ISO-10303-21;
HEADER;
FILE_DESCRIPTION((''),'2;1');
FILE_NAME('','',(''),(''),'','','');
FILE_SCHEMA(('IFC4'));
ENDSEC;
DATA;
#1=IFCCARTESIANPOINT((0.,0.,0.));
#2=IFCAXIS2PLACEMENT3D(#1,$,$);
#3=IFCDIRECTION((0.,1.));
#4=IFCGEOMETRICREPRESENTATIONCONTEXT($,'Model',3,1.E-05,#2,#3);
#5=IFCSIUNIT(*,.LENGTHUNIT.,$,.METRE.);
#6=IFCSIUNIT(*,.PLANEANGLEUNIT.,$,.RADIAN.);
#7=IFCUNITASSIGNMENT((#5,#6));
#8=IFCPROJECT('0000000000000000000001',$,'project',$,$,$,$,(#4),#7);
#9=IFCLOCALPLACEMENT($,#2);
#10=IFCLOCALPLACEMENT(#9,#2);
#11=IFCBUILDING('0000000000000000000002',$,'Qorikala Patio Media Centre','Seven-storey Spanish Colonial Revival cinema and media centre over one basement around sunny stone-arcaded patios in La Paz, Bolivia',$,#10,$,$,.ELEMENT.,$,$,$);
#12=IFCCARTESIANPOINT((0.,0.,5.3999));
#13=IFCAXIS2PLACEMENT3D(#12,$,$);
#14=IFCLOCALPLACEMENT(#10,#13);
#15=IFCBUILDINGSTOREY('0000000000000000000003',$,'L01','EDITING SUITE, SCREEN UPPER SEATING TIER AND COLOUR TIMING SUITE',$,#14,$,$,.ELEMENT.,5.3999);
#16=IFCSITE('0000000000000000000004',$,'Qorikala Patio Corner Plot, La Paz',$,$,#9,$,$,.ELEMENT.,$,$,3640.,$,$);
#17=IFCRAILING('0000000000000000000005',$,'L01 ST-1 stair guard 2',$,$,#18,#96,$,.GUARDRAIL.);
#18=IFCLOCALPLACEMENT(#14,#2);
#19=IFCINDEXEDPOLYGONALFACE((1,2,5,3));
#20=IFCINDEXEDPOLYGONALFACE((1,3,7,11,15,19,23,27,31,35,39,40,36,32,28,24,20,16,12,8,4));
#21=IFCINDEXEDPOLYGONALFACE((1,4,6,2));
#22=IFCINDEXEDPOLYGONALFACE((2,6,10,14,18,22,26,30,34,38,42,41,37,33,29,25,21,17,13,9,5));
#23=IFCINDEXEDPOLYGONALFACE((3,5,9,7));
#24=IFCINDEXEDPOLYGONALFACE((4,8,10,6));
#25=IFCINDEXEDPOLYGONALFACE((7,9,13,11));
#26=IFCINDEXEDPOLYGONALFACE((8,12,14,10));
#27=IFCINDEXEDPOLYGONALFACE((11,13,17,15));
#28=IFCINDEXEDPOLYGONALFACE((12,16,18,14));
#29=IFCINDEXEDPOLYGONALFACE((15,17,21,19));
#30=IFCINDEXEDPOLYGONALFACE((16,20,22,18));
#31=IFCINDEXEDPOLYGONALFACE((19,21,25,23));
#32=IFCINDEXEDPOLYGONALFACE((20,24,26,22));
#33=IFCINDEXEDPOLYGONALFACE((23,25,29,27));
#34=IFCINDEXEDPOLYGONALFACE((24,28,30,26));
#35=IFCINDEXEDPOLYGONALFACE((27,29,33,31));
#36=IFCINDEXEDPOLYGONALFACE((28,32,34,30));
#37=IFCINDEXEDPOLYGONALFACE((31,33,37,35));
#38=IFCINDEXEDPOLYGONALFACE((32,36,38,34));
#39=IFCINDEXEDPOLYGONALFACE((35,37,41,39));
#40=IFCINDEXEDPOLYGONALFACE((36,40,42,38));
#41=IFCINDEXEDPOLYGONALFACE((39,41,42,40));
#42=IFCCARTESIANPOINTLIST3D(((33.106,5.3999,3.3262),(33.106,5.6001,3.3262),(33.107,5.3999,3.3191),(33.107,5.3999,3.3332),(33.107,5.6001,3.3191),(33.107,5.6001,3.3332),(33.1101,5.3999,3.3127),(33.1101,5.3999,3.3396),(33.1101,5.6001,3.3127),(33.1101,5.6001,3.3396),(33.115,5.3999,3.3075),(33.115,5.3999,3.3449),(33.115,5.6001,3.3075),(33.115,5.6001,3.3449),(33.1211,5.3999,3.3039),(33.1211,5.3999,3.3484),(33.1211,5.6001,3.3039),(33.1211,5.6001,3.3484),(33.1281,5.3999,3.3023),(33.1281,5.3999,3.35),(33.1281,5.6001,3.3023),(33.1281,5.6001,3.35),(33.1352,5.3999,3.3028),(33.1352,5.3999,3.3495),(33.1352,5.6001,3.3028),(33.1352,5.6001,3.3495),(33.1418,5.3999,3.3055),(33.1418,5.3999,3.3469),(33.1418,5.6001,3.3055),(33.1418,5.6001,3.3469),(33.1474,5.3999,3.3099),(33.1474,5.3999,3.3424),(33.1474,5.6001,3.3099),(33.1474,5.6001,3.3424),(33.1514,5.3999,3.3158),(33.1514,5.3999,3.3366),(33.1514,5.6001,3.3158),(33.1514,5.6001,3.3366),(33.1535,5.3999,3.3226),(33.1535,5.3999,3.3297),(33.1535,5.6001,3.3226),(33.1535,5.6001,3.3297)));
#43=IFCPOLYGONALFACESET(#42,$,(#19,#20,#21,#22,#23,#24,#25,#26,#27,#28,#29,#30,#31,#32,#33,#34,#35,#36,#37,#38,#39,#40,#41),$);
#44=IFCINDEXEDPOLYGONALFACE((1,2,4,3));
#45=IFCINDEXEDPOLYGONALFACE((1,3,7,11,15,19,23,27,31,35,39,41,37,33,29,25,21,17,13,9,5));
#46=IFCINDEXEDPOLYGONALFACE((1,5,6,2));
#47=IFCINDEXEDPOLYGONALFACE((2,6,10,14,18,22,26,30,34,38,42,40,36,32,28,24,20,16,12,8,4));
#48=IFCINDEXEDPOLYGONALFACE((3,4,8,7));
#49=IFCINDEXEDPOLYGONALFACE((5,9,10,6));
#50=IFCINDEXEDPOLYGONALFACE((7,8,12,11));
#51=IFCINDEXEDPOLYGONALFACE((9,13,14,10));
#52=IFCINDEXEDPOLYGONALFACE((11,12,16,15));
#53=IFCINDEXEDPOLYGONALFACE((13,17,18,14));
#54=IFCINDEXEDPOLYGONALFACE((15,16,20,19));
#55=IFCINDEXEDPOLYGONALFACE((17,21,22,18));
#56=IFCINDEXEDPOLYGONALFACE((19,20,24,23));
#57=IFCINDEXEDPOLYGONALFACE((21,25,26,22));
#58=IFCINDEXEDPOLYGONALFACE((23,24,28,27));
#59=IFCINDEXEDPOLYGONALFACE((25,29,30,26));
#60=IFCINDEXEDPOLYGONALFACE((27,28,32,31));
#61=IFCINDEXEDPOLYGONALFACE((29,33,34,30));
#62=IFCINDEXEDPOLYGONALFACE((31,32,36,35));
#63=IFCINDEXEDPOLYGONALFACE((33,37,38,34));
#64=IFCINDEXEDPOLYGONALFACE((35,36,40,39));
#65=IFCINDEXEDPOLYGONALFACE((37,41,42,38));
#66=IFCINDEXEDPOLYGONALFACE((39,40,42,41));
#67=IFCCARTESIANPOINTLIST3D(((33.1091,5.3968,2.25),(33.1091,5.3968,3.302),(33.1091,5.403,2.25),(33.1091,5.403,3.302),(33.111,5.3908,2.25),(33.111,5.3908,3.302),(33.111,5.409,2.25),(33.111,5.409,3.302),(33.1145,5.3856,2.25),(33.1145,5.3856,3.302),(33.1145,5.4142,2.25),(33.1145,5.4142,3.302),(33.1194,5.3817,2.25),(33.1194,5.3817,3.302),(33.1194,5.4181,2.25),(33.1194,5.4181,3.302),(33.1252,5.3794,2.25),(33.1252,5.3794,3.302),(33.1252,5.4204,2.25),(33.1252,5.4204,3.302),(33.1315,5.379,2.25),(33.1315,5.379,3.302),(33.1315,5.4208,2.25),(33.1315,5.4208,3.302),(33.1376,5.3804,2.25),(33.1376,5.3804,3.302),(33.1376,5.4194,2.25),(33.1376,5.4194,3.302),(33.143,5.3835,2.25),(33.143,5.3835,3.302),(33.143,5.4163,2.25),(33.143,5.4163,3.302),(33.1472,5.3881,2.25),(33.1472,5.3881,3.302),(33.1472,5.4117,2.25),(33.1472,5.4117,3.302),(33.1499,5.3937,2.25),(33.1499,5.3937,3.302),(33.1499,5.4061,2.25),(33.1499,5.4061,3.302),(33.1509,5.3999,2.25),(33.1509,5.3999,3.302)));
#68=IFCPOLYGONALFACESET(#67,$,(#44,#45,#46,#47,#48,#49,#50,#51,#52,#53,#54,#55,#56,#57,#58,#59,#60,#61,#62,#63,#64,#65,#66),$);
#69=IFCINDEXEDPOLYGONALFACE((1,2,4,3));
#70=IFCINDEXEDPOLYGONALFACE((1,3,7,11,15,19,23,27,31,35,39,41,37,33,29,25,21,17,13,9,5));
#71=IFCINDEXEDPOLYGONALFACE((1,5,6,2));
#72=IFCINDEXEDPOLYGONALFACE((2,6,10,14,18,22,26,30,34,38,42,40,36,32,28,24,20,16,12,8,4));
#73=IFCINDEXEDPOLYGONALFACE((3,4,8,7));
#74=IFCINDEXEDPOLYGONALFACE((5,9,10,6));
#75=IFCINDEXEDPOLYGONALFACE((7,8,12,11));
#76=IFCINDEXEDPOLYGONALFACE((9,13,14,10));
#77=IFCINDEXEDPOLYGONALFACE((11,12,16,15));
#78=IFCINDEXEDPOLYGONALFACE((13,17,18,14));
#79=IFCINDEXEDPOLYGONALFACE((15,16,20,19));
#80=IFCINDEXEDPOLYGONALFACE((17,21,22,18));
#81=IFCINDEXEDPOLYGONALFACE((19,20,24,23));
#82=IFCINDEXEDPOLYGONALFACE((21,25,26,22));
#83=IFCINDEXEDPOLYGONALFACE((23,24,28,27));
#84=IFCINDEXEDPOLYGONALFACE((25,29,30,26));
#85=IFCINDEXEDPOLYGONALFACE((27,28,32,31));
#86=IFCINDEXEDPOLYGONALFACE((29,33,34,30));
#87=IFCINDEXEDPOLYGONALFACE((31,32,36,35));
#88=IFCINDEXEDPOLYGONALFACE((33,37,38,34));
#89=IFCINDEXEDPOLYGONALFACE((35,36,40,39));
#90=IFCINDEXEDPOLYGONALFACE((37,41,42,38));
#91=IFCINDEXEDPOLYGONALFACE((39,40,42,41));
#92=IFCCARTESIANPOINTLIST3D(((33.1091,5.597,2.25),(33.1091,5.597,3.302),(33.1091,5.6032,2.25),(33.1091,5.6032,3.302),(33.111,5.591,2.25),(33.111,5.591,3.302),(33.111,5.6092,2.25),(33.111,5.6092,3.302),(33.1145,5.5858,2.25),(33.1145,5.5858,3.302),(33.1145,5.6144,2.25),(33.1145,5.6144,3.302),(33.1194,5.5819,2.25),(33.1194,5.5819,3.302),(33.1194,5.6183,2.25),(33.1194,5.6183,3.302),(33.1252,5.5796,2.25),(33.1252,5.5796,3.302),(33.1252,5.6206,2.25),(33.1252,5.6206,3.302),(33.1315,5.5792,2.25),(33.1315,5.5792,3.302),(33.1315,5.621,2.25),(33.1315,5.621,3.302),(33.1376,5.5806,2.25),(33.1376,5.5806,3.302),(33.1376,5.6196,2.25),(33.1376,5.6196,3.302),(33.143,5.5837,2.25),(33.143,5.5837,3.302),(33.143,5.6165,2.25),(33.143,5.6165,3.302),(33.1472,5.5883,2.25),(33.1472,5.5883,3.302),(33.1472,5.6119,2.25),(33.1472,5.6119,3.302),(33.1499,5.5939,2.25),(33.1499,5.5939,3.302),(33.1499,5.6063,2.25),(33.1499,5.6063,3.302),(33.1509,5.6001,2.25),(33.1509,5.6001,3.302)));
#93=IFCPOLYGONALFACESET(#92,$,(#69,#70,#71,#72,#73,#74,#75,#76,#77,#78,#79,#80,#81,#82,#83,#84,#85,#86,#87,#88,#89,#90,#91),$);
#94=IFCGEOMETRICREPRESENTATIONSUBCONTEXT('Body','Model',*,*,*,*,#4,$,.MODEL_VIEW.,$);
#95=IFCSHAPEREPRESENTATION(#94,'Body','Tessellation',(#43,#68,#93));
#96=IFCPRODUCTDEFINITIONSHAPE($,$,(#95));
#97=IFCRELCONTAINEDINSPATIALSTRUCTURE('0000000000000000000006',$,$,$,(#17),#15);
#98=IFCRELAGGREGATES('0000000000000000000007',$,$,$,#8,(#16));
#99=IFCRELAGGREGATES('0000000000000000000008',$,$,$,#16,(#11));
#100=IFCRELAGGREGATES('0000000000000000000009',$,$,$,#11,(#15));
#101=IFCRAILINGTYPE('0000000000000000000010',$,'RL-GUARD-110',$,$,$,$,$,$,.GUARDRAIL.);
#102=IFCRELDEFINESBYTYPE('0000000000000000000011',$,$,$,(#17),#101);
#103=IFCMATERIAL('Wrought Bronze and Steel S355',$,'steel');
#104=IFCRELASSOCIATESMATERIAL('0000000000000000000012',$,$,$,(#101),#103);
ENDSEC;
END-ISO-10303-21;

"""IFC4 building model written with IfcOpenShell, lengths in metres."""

from ifc_helpers import new_model, si_unit, direction, frame, origin, origin_2d, place, context, subcontext, project, spatial, circle, extrude, material, type_object, element, save


model = new_model("IFC4")

# Units and contexts
model_context = context("Model", 3, precision=1e-05, world=origin(), true_north=direction((0.0, 1.0)))
body_context = subcontext(model_context, "Body", "Model", "MODEL_VIEW")
ifc_project = project(units=[si_unit("LENGTHUNIT", "METRE"), si_unit("PLANEANGLEUNIT", "RADIAN")], contexts=[model_context])

# Site, building, storey
site_placement = place(None, origin())
site = spatial("IfcSite", under=ifc_project, at=site_placement, Name="Qorikala Patio Corner Plot, La Paz", CompositionType="ELEMENT", RefElevation=3640.0)
building_placement = place(site_placement, origin())
building = spatial("IfcBuilding", under=site, at=building_placement, Name="Qorikala Patio Media Centre", Description="Seven-storey Spanish Colonial Revival cinema and media centre over one basement around sunny stone-arcaded patios in La Paz, Bolivia", CompositionType="ELEMENT")
storey_placement = place(building_placement, frame((0.0, 0.0, 5.3999)))
storey = spatial("IfcBuildingStorey", under=building, at=storey_placement, Name="L01", Description="EDITING SUITE, SCREEN UPPER SEATING TIER AND COLOUR TIMING SUITE", CompositionType="ELEMENT", Elevation=5.3999)

# Railing
ifc_material_1 = material(Name="Wrought Bronze and Steel S355", Category="steel")
railing_type_1 = type_object("IfcRailingType", Name="RL-GUARD-110", PredefinedType="GUARDRAIL", material=ifc_material_1)
railing_1_placement = place(storey_placement, frame((33.1299, 5.3999, 2.25)))
element("IfcRailing", 1, at=railing_1_placement, inside=storey, type_object=railing_type_1, Name="L01 ST-1 stair guard 2", PredefinedType="GUARDRAIL", context=body_context, shape_type="SweptSolid", body=[
    extrude(circle(Radius=0.0239, at=origin_2d()), frame((0.0, 0.0, 1.0762), z_axis=(0.0, 1.0, 0.0), x_axis=(-1.0, 0.0, 0.0)), (0.0, 0.0, 1.0), 0.2002),
    extrude(circle(Radius=0.021, at=origin_2d()), origin(), (0.0, 0.0, 1.0), 1.052),
    extrude(circle(Radius=0.021, at=origin_2d()), frame((0.0, 0.2002, 0.0)), (0.0, 0.0, 1.0), 1.052),
])

save(model, "model.ifc")
